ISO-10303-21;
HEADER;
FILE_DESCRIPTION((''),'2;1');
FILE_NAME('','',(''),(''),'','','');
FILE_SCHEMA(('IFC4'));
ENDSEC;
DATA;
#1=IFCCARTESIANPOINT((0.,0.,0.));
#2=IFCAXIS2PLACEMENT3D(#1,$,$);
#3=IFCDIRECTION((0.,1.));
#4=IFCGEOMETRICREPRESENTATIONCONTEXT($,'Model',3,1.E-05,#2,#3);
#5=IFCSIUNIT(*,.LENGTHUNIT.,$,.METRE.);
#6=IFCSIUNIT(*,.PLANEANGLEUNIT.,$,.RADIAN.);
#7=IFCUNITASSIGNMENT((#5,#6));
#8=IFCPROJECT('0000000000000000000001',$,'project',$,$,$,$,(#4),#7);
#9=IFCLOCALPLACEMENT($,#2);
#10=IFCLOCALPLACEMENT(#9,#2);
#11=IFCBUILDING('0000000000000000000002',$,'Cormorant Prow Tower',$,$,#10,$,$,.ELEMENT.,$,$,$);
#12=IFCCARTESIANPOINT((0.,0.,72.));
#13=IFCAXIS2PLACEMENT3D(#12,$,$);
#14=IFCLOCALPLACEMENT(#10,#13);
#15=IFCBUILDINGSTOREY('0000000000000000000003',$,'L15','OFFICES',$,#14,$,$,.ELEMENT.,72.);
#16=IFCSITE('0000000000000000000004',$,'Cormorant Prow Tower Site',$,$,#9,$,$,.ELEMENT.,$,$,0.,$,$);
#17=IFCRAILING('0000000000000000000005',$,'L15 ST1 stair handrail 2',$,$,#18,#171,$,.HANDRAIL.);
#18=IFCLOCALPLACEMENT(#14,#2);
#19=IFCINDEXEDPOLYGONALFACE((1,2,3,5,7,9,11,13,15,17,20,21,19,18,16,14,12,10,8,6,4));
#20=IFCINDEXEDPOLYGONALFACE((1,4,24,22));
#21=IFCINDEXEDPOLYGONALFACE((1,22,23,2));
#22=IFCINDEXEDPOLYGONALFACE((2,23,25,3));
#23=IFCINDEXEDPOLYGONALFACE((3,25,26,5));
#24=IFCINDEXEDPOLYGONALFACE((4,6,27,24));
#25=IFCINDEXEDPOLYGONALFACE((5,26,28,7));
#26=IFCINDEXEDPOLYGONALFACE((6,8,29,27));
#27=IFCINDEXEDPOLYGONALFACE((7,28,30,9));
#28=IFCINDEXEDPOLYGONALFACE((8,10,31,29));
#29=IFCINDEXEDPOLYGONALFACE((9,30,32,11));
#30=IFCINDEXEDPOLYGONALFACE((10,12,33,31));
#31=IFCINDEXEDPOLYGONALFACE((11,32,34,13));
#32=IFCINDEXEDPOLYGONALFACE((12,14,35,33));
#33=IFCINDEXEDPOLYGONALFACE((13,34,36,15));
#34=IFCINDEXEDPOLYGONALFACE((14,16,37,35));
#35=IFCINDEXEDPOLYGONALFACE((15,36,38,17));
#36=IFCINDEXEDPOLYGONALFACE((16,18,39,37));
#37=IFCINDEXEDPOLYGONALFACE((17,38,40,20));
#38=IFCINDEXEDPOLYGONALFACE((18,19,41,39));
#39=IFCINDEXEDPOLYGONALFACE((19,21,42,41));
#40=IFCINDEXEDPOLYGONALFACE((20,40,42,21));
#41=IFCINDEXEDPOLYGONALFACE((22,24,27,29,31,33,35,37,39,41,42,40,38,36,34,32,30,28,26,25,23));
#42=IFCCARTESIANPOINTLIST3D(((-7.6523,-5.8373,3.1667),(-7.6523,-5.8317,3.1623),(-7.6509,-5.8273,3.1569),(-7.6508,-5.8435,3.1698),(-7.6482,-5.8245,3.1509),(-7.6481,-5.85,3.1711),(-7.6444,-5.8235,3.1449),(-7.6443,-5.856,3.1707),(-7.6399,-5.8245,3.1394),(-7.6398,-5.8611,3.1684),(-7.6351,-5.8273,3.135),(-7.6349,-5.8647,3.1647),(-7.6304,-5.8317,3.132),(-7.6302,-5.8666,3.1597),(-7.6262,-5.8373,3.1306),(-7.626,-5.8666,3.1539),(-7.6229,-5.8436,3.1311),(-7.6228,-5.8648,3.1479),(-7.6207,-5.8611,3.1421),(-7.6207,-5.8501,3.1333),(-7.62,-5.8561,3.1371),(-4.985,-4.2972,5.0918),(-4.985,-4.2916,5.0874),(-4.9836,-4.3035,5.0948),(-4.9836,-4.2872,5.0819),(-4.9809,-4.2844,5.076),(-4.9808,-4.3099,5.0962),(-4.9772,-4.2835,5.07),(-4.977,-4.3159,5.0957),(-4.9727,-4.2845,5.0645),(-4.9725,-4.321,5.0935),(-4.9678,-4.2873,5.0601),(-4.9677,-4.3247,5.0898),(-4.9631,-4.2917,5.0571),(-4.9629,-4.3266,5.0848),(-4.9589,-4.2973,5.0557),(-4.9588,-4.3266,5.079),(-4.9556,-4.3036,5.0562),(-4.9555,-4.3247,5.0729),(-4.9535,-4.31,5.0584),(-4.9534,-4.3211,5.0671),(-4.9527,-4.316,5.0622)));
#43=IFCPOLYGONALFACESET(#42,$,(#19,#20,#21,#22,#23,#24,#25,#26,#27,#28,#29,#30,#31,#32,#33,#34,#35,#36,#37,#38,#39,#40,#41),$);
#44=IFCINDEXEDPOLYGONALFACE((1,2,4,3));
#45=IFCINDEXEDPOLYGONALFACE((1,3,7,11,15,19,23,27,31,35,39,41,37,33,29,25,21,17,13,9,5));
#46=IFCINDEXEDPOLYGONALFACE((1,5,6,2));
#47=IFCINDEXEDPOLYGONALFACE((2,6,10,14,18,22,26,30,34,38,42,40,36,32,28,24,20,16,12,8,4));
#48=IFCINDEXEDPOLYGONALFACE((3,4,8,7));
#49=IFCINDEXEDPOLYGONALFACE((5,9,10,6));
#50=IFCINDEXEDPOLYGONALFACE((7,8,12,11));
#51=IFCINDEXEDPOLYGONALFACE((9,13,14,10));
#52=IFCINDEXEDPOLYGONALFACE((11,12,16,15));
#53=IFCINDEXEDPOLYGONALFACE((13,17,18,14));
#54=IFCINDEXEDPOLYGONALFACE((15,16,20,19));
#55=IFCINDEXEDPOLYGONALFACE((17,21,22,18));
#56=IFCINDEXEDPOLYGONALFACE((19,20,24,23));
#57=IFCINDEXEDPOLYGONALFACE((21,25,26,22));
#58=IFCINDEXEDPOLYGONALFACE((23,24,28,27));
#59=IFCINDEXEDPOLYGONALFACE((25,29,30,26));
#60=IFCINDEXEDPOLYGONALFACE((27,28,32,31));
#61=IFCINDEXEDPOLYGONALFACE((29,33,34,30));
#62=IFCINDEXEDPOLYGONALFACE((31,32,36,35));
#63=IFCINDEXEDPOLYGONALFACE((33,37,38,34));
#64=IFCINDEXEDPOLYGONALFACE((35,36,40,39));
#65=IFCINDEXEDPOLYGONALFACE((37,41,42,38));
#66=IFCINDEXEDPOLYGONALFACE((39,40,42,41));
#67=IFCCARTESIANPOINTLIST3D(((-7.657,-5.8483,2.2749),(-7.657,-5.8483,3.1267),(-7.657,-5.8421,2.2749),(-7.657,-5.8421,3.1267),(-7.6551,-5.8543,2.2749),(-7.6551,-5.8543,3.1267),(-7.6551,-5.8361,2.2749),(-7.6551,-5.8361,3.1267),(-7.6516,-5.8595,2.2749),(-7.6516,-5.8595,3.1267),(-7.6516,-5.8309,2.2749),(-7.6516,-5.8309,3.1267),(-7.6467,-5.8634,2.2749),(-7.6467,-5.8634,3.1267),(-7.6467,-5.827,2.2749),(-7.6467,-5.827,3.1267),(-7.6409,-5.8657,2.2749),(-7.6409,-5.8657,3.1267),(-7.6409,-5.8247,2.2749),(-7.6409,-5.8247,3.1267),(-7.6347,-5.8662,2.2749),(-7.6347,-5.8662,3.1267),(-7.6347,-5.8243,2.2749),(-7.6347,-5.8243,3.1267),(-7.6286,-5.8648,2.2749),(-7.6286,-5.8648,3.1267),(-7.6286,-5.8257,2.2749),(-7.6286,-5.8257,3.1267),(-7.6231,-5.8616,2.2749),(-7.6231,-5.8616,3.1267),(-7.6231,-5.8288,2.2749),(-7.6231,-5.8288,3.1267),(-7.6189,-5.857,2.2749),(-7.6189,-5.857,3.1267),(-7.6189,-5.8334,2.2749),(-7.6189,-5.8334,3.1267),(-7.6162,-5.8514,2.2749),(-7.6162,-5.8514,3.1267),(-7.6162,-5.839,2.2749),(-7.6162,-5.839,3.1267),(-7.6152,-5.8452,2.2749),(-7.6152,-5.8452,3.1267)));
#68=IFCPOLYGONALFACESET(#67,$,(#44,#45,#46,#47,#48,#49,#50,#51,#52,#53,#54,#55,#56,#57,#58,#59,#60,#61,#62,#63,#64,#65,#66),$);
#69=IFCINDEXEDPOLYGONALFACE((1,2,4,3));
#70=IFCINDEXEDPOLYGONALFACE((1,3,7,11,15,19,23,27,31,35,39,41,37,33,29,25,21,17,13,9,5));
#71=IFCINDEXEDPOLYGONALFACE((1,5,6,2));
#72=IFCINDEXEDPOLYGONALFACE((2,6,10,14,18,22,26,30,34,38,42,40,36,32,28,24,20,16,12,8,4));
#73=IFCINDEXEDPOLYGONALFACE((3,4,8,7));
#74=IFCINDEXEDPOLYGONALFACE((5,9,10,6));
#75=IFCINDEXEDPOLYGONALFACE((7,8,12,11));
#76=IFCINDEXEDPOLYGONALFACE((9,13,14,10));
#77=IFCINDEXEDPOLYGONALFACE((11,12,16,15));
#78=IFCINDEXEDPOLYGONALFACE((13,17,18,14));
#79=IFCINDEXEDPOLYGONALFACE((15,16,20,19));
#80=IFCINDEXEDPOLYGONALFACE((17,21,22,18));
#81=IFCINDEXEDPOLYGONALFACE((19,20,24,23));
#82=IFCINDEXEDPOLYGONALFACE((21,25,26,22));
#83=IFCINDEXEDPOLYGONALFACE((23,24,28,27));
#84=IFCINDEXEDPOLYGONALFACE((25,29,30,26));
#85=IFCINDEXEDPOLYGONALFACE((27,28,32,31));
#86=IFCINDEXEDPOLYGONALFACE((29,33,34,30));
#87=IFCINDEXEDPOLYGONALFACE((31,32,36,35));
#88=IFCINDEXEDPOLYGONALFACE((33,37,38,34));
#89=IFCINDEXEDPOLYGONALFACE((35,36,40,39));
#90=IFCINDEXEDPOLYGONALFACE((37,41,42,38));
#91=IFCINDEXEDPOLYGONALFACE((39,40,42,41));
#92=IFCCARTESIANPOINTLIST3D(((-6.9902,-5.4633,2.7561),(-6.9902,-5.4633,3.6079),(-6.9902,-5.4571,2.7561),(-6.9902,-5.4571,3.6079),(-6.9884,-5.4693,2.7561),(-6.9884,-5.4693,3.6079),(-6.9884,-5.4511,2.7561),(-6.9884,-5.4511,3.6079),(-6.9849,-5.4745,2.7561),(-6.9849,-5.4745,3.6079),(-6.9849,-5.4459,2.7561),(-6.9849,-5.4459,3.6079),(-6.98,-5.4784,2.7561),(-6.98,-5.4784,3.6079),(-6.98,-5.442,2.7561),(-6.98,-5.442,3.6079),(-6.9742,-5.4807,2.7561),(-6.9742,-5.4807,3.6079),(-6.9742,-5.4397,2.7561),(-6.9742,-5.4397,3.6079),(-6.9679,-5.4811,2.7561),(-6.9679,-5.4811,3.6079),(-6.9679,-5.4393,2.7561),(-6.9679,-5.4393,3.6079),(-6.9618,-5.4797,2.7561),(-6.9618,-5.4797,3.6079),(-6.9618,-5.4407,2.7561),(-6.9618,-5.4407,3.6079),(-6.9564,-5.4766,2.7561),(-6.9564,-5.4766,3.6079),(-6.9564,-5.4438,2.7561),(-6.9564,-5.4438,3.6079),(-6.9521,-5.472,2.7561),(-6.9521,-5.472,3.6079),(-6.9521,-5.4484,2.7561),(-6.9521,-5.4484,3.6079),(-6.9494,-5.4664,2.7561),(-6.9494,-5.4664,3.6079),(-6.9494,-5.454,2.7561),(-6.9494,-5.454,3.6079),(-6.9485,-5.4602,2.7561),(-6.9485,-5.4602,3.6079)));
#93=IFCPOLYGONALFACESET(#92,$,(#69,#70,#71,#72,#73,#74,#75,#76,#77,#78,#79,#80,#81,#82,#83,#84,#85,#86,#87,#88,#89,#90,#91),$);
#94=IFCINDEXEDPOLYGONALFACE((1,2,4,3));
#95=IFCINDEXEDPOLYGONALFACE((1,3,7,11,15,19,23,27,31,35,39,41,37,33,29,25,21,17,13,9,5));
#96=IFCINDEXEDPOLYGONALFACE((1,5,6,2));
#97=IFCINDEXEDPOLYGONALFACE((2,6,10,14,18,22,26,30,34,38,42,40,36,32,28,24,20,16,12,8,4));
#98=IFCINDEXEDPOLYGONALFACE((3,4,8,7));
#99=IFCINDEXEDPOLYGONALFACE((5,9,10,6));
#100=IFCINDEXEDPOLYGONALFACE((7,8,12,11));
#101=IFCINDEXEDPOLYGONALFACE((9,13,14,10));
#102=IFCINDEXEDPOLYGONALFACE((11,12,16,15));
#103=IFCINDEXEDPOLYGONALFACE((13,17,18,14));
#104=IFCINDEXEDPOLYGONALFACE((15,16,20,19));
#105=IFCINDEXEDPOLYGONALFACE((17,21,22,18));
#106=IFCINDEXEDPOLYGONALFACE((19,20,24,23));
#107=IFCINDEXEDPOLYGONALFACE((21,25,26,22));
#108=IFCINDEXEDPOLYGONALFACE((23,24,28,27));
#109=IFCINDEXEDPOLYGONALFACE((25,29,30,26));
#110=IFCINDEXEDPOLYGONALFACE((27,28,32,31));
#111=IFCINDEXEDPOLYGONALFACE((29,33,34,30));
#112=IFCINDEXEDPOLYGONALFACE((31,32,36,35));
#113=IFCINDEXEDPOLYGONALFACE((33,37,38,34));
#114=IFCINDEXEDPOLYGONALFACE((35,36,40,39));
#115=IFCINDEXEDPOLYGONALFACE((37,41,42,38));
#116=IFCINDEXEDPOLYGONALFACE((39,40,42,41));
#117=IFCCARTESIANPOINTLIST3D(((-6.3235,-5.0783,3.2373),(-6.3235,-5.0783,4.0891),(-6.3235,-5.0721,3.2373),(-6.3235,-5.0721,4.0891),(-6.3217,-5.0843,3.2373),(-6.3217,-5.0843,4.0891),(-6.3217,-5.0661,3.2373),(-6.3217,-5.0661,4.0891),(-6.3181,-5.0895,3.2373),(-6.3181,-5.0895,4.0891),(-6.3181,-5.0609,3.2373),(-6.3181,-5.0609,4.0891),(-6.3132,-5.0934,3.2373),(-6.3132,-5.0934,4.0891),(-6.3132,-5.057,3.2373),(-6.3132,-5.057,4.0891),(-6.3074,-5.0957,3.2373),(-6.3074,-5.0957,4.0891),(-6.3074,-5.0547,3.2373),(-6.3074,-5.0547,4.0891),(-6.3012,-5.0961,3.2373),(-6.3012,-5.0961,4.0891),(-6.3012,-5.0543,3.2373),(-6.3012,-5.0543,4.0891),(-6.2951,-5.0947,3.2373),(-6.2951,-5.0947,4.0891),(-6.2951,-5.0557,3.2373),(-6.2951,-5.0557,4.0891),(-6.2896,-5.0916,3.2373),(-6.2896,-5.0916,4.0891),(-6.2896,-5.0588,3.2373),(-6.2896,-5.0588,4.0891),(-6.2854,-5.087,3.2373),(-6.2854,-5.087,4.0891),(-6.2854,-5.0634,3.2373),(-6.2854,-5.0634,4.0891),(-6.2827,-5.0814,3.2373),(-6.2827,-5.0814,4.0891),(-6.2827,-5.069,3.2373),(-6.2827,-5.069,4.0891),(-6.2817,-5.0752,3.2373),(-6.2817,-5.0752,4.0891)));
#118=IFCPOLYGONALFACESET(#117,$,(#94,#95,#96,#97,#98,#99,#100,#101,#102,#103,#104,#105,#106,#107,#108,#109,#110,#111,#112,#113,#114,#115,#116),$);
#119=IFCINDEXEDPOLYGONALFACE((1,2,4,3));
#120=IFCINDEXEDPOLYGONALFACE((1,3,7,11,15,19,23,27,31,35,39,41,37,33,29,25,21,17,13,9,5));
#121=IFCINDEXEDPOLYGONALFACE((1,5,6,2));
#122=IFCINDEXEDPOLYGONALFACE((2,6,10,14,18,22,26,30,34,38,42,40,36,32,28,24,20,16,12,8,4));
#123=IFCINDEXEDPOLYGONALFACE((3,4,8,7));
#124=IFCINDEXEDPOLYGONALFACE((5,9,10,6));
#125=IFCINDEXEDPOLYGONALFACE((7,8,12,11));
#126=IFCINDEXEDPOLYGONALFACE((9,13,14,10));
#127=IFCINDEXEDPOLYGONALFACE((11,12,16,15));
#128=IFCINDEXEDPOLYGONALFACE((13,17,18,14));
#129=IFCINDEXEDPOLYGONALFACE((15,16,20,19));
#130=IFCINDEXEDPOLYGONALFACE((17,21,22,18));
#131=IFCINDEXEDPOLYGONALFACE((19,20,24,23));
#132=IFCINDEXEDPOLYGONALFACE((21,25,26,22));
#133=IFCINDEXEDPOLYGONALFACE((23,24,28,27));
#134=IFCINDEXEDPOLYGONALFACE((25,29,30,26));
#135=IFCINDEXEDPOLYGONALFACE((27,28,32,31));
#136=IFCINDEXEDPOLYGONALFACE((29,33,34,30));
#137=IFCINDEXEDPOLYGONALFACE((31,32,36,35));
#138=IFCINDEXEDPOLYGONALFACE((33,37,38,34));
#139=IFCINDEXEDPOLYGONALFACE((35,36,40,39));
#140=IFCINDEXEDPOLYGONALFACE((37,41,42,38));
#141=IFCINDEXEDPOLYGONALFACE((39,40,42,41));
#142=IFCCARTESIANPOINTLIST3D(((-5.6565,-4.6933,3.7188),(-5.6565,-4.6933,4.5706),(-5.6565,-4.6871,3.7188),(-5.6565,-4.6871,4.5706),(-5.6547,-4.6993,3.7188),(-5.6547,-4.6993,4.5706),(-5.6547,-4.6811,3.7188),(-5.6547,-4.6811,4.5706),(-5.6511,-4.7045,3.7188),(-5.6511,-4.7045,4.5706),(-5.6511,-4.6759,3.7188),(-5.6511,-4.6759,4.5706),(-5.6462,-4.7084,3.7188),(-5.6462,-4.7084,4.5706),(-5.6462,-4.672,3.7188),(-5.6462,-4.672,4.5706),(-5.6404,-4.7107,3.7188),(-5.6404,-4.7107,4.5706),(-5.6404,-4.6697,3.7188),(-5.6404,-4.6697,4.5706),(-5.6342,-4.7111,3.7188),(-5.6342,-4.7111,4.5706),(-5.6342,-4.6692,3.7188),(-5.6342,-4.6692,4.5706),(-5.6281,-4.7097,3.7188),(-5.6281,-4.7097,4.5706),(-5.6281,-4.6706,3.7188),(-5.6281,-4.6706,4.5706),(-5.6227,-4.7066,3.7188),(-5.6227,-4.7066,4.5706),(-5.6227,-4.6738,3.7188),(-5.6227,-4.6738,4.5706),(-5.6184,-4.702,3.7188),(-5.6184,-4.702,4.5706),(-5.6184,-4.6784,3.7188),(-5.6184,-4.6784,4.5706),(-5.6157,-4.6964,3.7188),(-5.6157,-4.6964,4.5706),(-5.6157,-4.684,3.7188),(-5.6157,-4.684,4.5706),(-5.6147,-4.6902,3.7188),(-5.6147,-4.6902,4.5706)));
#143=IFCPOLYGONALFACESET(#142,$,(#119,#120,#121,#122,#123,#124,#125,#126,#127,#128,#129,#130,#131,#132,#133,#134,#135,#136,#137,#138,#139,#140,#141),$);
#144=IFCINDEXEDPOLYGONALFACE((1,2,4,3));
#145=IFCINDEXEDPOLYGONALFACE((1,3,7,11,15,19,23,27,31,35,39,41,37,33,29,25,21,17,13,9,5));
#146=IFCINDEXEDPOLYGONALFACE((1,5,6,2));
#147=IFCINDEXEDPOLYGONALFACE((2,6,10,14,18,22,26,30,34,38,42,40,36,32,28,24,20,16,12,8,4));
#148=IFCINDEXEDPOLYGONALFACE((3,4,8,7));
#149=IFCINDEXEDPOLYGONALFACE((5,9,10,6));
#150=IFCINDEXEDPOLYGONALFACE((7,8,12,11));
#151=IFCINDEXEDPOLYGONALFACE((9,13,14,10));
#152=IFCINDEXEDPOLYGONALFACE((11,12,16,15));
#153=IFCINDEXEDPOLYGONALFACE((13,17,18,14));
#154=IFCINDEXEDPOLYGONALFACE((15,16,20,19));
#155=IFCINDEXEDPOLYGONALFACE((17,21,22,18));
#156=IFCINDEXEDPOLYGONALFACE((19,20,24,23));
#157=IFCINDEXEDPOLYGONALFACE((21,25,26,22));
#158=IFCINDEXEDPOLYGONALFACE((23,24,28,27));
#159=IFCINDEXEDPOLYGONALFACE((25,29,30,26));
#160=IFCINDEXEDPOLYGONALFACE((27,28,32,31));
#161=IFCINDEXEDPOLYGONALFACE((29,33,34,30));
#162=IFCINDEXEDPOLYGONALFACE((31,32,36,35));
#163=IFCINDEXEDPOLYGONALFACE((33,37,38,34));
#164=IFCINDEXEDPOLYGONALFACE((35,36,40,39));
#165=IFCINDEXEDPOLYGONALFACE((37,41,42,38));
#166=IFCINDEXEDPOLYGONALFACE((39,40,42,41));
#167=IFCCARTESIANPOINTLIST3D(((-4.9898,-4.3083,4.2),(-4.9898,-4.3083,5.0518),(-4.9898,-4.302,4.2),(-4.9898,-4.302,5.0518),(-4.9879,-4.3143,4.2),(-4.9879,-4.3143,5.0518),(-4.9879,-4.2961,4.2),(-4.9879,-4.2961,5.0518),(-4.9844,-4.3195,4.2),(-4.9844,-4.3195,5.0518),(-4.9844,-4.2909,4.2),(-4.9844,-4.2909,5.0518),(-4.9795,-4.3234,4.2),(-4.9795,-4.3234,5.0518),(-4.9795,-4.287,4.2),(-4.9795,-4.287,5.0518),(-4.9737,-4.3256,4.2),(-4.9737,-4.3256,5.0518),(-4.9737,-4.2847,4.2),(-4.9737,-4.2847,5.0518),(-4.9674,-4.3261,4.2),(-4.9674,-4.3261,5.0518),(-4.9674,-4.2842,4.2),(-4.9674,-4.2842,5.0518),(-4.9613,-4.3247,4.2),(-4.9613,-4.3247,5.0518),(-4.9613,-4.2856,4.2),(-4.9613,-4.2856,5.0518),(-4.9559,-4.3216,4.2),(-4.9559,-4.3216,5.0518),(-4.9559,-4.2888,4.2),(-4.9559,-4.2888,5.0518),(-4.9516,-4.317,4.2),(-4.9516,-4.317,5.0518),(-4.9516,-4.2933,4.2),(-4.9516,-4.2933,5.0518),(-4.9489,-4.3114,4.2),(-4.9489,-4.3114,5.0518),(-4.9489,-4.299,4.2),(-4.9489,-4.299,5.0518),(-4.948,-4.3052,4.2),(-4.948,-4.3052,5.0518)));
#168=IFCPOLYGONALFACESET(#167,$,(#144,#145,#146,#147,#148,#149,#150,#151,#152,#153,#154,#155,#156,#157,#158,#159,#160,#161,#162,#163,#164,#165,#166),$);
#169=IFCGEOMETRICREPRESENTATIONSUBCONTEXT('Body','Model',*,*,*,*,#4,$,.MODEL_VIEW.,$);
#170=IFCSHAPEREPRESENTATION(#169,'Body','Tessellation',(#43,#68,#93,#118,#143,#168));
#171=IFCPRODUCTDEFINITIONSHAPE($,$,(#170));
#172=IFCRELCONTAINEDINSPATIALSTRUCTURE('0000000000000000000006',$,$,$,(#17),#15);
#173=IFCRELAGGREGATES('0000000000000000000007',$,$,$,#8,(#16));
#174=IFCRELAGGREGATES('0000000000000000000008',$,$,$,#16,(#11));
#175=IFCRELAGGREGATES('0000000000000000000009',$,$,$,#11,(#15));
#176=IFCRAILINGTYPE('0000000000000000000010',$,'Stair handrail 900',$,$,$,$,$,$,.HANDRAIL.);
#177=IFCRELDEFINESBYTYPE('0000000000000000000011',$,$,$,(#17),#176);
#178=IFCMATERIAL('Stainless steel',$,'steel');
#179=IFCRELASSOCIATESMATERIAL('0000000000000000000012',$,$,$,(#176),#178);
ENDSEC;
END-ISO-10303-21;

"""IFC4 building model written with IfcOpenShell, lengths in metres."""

from ifc_helpers import new_model, si_unit, direction, frame, origin, origin_2d, place, context, subcontext, project, spatial, circle, extrude, material, type_object, element, save


model = new_model("IFC4")

# Units and contexts
model_context = context("Model", 3, precision=1e-05, world=origin(), true_north=direction((0.0, 1.0)))
body_context = subcontext(model_context, "Body", "Model", "MODEL_VIEW")
ifc_project = project(units=[si_unit("LENGTHUNIT", "METRE"), si_unit("PLANEANGLEUNIT", "RADIAN")], contexts=[model_context])

# Site, building, storey
site_placement = place(None, origin())
site = spatial("IfcSite", under=ifc_project, at=site_placement, Name="Cormorant Prow Tower Site", CompositionType="ELEMENT", RefElevation=0.0)
building_placement = place(site_placement, origin())
building = spatial("IfcBuilding", under=site, at=building_placement, Name="Cormorant Prow Tower", CompositionType="ELEMENT")
storey_placement = place(building_placement, frame((0.0, 0.0, 72.0)))
storey = spatial("IfcBuildingStorey", under=building, at=storey_placement, Name="L15", Description="OFFICES", CompositionType="ELEMENT", Elevation=72.0)

# Railing
ifc_material_1 = material(Name="Stainless steel", Category="steel")
railing_type_1 = type_object("IfcRailingType", Name="Stair handrail 900", PredefinedType="HANDRAIL", material=ifc_material_1)
railing_1_placement = place(storey_placement, frame((-7.6362, -5.8452, 2.2749)))
element("IfcRailing", 1, at=railing_1_placement, inside=storey, type_object=railing_type_1, Name="L15 ST1 stair handrail 2", PredefinedType="HANDRAIL", context=body_context, shape_type="SweptSolid", body=[
    extrude(circle(Radius=0.0239, at=origin_2d()), frame((0.0, 0.0, 0.876), z_axis=(0.734364, 0.424015, 0.530019), x_axis=(-0.500027, 0.86601, 0.0)), (0.0, 0.0, 1.0), 3.6321),
    extrude(circle(Radius=0.021, at=origin_2d()), origin(), (0.0, 0.0, 1.0), 0.8518),
    extrude(circle(Radius=0.021, at=origin_2d()), frame((0.6667, 0.385, 0.4812)), (0.0, 0.0, 1.0), 0.8518),
    extrude(circle(Radius=0.021, at=origin_2d()), frame((1.3335, 0.77, 0.9624)), (0.0, 0.0, 1.0), 0.8518),
    extrude(circle(Radius=0.021, at=origin_2d()), frame((2.0005, 1.155, 1.4438)), (0.0, 0.0, 1.0), 0.8518),
    extrude(circle(Radius=0.021, at=origin_2d()), frame((2.6672, 1.54, 1.925)), (0.0, 0.0, 1.0), 0.8518),
])

save(model, "model.ifc")
